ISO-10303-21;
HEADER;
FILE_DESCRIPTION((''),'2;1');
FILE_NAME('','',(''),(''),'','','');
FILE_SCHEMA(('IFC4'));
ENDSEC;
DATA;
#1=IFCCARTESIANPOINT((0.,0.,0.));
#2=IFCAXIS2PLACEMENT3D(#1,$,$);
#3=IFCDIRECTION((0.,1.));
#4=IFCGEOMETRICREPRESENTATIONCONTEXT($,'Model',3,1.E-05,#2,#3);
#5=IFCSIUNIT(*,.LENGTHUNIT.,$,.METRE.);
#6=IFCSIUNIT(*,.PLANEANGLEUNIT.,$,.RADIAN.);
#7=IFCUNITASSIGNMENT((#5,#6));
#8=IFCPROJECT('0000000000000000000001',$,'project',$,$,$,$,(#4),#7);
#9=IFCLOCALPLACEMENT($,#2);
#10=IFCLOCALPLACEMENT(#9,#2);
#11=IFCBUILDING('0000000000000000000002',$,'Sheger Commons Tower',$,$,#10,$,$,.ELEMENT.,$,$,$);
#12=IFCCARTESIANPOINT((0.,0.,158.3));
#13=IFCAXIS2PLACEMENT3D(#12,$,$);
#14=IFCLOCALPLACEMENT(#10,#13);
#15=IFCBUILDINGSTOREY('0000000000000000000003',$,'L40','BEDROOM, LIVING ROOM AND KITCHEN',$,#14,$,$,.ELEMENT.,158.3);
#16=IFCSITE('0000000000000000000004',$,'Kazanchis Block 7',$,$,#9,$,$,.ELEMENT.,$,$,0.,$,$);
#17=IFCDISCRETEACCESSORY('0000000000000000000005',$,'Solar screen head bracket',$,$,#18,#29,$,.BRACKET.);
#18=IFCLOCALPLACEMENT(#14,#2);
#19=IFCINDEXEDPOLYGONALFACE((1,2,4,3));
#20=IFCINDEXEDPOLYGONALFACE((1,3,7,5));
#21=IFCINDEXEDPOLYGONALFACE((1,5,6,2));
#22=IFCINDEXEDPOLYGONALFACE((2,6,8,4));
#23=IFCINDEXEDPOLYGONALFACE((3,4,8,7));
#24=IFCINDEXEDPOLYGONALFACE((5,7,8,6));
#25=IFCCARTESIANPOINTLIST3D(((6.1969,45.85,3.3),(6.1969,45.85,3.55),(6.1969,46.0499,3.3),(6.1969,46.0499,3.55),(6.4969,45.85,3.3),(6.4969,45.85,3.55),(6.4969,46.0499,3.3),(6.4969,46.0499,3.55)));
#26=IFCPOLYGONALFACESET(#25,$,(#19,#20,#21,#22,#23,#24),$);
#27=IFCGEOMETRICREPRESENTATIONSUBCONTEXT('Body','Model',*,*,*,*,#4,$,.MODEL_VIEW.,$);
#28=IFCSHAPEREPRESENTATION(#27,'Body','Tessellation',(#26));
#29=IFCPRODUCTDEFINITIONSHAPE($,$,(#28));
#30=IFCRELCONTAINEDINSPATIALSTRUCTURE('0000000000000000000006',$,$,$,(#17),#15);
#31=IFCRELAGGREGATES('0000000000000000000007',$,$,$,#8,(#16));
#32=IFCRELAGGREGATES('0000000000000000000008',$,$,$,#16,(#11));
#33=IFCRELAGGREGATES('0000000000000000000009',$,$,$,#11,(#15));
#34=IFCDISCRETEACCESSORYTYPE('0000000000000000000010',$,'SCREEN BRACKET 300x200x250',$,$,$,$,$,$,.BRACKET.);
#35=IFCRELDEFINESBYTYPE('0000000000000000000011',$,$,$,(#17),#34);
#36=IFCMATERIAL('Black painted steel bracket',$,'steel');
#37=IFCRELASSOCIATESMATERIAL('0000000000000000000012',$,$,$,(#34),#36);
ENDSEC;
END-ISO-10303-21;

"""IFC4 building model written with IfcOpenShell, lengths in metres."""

from ifc_helpers import new_model, si_unit, direction, frame, origin, origin_2d, place, context, subcontext, project, spatial, rectangle, extrude, material, type_object, element, save


model = new_model("IFC4")

# Units and contexts
model_context = context("Model", 3, precision=1e-05, world=origin(), true_north=direction((0.0, 1.0)))
body_context = subcontext(model_context, "Body", "Model", "MODEL_VIEW")
ifc_project = project(units=[si_unit("LENGTHUNIT", "METRE"), si_unit("PLANEANGLEUNIT", "RADIAN")], contexts=[model_context])

# Site, building, storey
site_placement = place(None, origin())
site = spatial("IfcSite", under=ifc_project, at=site_placement, Name="Kazanchis Block 7", CompositionType="ELEMENT", RefElevation=0.0)
building_placement = place(site_placement, origin())
building = spatial("IfcBuilding", under=site, at=building_placement, Name="Sheger Commons Tower", CompositionType="ELEMENT")
storey_placement = place(building_placement, frame((0.0, 0.0, 158.3)))
storey = spatial("IfcBuildingStorey", under=building, at=storey_placement, Name="L40", Description="BEDROOM, LIVING ROOM AND KITCHEN", CompositionType="ELEMENT", Elevation=158.3)

# Discrete accessory
ifc_material_1 = material(Name="Black painted steel bracket", Category="steel")
discrete_accessory_type = type_object("IfcDiscreteAccessoryType", Name="SCREEN BRACKET 300x200x250", PredefinedType="BRACKET", material=ifc_material_1)
for number, where, z_axis, x_axis, name in (
    (1, (6.3469, 45.95, 3.3), (0.0, 0.0, 1.0), (-1.0, 0.0, 0.0), "Solar screen head bracket"),
):
    element("IfcDiscreteAccessory", number, at=place(storey_placement, frame(where, z_axis=z_axis, x_axis=x_axis)), inside=storey, type_object=discrete_accessory_type, Name=name, PredefinedType="BRACKET", context=body_context, shape_type="SweptSolid", body=[
        extrude(rectangle(XDim=0.3, YDim=0.2, at=origin_2d()), origin(), (0.0, 0.0, 1.0), 0.25),
    ])

save(model, "model.ifc")
